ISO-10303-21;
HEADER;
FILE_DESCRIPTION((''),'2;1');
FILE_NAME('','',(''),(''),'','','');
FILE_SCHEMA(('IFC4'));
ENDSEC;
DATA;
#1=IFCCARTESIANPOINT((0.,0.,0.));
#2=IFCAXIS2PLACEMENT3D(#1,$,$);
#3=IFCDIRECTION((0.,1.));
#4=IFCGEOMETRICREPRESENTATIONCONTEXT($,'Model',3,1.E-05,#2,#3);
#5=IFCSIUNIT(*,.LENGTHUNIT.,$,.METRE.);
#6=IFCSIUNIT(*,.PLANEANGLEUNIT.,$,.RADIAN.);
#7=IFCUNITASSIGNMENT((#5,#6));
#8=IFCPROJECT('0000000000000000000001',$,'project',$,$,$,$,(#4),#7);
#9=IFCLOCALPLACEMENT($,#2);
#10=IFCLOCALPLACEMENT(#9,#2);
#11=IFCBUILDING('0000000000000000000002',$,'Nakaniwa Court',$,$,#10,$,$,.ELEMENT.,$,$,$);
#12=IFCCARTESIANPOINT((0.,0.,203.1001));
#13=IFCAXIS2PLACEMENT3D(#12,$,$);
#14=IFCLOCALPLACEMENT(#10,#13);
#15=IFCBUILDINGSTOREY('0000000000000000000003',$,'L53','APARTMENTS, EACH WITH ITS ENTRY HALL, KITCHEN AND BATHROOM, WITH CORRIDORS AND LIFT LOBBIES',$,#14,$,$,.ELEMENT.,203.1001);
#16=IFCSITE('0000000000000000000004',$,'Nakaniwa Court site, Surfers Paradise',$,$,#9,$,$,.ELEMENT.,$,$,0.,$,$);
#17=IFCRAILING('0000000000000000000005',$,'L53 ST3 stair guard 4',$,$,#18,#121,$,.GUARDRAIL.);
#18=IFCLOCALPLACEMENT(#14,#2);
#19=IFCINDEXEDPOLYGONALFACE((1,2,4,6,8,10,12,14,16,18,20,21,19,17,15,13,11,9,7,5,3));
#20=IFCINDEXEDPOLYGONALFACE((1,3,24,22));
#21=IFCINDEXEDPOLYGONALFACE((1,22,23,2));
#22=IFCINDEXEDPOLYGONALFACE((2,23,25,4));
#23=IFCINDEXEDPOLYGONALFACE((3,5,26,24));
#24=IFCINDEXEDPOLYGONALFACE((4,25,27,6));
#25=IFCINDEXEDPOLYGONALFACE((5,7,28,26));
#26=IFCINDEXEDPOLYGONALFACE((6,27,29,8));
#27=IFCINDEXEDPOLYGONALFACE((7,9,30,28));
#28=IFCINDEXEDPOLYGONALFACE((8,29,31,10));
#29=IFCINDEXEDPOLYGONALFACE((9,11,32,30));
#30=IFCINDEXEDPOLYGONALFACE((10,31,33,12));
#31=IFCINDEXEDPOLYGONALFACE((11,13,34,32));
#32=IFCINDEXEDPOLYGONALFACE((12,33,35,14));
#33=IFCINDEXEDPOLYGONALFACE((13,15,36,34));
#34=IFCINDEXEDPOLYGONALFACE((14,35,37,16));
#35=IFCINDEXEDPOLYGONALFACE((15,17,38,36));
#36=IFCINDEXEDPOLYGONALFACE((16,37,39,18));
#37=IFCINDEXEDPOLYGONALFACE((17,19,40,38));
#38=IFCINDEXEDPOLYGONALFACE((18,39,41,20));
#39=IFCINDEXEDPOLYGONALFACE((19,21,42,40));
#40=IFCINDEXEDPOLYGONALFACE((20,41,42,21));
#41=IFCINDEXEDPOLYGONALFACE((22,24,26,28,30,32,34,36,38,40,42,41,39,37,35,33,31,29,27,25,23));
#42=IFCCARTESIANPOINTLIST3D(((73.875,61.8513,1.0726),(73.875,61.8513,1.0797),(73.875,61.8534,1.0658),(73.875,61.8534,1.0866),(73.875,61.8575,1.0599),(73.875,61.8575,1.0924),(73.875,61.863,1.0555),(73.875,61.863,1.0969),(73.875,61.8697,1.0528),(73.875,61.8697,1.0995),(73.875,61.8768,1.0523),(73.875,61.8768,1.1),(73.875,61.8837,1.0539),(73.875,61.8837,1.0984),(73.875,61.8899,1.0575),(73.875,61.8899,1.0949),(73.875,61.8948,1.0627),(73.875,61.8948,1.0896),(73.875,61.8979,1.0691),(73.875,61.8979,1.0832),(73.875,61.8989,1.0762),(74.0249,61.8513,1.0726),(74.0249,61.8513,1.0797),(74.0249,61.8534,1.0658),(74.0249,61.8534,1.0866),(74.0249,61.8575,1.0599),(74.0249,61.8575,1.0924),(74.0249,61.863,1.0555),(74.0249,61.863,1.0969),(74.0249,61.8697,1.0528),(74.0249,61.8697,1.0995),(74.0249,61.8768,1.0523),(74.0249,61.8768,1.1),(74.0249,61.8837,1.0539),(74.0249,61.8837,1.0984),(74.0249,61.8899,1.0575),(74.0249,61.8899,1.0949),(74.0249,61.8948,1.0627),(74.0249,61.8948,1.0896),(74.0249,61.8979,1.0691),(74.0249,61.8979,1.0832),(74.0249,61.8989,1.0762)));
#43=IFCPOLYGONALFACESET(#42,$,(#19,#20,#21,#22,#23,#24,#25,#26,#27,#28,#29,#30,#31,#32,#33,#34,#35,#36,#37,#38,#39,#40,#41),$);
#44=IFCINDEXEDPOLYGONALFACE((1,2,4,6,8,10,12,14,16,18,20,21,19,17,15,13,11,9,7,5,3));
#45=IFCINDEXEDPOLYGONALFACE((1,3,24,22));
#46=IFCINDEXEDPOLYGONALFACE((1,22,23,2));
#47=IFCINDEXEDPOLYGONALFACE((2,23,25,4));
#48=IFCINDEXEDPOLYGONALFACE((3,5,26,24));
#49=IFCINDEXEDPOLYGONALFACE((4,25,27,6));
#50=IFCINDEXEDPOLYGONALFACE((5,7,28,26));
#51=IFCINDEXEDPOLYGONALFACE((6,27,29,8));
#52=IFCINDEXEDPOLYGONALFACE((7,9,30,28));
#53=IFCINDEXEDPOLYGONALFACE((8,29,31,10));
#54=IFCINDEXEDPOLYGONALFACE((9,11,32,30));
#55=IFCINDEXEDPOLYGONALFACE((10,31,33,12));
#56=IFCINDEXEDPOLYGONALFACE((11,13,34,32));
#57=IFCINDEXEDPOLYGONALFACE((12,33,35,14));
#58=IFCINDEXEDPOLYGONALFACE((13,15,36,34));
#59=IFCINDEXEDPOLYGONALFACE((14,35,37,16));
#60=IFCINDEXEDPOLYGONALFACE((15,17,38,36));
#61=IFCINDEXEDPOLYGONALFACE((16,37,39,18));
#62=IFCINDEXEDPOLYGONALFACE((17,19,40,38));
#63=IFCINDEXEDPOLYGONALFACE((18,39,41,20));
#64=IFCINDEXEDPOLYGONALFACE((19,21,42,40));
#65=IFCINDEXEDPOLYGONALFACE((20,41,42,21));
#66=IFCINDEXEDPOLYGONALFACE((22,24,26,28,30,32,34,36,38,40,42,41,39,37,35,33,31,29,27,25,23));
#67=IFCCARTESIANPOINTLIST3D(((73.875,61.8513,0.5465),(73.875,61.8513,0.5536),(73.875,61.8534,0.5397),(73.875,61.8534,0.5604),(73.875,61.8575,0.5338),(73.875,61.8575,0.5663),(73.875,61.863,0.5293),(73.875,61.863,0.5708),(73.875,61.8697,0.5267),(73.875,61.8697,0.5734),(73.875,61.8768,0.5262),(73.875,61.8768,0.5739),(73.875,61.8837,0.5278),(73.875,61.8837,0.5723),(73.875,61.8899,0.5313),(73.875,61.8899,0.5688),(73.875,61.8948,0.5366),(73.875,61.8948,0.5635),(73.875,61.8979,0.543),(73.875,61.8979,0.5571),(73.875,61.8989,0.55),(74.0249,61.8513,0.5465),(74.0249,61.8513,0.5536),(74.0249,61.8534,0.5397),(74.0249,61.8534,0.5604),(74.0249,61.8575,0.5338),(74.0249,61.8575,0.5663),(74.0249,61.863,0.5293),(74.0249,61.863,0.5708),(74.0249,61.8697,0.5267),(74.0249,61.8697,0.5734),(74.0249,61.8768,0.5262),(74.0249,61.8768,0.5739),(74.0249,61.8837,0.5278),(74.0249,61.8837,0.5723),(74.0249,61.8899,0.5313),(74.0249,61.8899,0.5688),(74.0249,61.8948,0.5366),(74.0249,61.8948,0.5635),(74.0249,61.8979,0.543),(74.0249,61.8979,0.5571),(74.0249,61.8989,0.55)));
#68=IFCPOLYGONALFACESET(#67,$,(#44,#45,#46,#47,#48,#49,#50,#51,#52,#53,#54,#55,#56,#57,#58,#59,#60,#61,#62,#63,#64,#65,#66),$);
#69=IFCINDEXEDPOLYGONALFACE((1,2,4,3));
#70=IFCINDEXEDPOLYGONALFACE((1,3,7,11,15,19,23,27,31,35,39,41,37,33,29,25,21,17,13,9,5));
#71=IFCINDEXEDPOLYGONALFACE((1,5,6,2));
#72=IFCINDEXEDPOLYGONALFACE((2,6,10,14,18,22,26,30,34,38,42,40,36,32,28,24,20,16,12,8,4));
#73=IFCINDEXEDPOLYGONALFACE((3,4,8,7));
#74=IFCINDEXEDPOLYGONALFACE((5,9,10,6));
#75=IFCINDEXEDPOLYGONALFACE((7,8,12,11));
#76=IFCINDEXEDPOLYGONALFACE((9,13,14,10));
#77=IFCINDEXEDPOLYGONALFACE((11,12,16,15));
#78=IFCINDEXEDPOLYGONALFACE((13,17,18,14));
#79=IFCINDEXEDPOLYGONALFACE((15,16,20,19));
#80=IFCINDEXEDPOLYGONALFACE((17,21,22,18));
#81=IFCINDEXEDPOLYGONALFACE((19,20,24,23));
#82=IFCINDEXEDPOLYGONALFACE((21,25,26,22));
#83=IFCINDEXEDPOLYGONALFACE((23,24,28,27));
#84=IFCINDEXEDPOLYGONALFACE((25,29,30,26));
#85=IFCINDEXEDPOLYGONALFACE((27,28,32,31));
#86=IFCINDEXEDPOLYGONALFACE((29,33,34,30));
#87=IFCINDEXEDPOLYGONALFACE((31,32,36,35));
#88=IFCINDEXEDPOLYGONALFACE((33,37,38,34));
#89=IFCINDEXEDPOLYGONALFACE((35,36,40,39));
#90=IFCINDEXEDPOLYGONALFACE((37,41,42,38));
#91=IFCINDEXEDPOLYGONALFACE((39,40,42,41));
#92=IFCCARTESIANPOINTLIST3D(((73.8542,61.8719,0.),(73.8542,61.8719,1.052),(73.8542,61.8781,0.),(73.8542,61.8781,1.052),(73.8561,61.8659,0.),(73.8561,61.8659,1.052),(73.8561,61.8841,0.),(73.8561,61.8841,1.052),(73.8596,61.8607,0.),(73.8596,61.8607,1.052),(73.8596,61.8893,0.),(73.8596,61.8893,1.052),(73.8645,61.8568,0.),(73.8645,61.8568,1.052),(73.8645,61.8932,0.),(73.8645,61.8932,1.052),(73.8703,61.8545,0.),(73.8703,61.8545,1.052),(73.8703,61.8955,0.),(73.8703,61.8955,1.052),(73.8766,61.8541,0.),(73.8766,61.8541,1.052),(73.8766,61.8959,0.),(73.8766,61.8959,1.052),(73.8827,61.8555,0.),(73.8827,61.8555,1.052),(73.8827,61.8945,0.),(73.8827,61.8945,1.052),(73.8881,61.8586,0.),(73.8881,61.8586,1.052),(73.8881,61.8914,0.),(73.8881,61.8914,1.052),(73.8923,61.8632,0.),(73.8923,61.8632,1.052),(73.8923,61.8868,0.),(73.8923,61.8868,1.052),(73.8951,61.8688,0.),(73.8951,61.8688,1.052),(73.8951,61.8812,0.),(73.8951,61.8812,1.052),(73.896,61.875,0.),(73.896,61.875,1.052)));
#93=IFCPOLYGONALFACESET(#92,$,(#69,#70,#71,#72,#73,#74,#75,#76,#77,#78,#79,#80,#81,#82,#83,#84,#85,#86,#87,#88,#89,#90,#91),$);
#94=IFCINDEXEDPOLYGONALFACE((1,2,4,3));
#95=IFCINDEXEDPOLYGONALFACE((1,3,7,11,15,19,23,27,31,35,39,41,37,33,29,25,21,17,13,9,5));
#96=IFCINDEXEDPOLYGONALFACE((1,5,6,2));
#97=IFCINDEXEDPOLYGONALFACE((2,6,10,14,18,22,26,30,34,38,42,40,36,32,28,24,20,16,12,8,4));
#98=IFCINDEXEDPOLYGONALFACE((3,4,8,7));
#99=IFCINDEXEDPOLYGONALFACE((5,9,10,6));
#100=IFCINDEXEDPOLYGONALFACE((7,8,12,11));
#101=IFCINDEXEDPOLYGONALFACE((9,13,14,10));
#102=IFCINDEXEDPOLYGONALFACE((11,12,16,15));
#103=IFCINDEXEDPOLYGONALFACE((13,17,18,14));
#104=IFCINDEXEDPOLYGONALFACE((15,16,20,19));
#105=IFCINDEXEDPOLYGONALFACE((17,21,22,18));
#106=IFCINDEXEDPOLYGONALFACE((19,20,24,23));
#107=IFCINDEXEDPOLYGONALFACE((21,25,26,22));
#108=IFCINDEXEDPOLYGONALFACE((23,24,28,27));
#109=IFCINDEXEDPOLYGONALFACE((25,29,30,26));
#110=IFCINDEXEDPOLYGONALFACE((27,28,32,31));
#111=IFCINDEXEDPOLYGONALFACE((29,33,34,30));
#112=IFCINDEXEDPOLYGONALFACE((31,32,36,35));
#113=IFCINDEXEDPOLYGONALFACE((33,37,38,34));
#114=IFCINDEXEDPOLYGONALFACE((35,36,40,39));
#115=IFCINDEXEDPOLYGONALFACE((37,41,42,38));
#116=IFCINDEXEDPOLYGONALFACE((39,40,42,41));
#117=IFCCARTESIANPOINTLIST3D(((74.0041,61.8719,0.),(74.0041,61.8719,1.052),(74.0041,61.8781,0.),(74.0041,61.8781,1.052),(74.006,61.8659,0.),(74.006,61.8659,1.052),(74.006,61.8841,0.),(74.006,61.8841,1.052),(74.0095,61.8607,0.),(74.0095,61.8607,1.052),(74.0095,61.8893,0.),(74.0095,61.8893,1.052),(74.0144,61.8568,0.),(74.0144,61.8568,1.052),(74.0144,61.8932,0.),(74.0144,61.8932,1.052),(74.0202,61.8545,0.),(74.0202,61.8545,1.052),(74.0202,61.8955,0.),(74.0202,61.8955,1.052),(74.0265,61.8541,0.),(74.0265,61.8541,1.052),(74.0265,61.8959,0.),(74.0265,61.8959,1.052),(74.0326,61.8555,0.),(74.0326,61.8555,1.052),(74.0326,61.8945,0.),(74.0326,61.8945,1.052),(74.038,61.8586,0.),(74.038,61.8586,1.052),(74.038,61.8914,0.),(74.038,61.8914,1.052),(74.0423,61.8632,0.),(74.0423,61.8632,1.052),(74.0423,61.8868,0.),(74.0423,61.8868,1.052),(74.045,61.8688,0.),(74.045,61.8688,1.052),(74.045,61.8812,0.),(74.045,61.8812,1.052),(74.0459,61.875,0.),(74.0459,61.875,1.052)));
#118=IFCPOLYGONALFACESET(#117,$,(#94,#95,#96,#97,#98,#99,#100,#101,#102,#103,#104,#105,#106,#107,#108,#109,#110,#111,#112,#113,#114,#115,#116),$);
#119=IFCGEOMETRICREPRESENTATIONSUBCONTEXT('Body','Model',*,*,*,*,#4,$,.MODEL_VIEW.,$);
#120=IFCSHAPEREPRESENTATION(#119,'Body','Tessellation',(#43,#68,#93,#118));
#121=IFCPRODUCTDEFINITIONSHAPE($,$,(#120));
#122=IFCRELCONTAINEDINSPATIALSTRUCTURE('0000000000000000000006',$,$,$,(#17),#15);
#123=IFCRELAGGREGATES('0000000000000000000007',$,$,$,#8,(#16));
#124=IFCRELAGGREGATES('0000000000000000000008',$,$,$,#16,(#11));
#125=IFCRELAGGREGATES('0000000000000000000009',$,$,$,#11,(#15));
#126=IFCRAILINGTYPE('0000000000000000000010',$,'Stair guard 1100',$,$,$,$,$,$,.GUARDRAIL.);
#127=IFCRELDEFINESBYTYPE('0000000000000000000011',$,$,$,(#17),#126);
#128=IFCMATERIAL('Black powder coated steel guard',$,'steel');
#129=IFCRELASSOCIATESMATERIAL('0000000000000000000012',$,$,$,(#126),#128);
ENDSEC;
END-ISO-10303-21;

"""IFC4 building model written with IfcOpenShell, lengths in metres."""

from ifc_helpers import new_model, si_unit, direction, frame, origin, origin_2d, place, context, subcontext, project, spatial, circle, extrude, material, type_object, element, save


model = new_model("IFC4")

# Units and contexts
model_context = context("Model", 3, precision=1e-05, world=origin(), true_north=direction((0.0, 1.0)))
body_context = subcontext(model_context, "Body", "Model", "MODEL_VIEW")
ifc_project = project(units=[si_unit("LENGTHUNIT", "METRE"), si_unit("PLANEANGLEUNIT", "RADIAN")], contexts=[model_context])

# Site, building, storey
site_placement = place(None, origin())
site = spatial("IfcSite", under=ifc_project, at=site_placement, Name="Nakaniwa Court site, Surfers Paradise", CompositionType="ELEMENT", RefElevation=0.0)
building_placement = place(site_placement, origin())
building = spatial("IfcBuilding", under=site, at=building_placement, Name="Nakaniwa Court", CompositionType="ELEMENT")
storey_placement = place(building_placement, frame((0.0, 0.0, 203.1001)))
storey = spatial("IfcBuildingStorey", under=building, at=storey_placement, Name="L53", Description="APARTMENTS, EACH WITH ITS ENTRY HALL, KITCHEN AND BATHROOM, WITH CORRIDORS AND LIFT LOBBIES", CompositionType="ELEMENT", Elevation=203.1001)

# Railing
ifc_material_1 = material(Name="Black powder coated steel guard", Category="steel")
railing_type_1 = type_object("IfcRailingType", Name="Stair guard 1100", PredefinedType="GUARDRAIL", material=ifc_material_1)
railing_1_placement = place(storey_placement, frame((73.875, 61.875, 0.0)))
element("IfcRailing", 1, at=railing_1_placement, inside=storey, type_object=railing_type_1, Name="L53 ST3 stair guard 4", PredefinedType="GUARDRAIL", context=body_context, shape_type="SweptSolid", body=[
    extrude(circle(Radius=0.0239, at=origin_2d()), frame((0.0, 0.0, 1.0762), z_axis=(1.0, 0.0, 0.0), x_axis=(0.0, 1.0, 0.0)), (0.0, 0.0, 1.0), 0.1499),
    extrude(circle(Radius=0.0239, at=origin_2d()), frame((0.0, 0.0, 0.55), z_axis=(1.0, 0.0, 0.0), x_axis=(0.0, 1.0, 0.0)), (0.0, 0.0, 1.0), 0.1499),
    extrude(circle(Radius=0.021, at=origin_2d()), origin(), (0.0, 0.0, 1.0), 1.052),
    extrude(circle(Radius=0.021, at=origin_2d()), frame((0.1499, 0.0, 0.0)), (0.0, 0.0, 1.0), 1.052),
])

save(model, "model.ifc")
